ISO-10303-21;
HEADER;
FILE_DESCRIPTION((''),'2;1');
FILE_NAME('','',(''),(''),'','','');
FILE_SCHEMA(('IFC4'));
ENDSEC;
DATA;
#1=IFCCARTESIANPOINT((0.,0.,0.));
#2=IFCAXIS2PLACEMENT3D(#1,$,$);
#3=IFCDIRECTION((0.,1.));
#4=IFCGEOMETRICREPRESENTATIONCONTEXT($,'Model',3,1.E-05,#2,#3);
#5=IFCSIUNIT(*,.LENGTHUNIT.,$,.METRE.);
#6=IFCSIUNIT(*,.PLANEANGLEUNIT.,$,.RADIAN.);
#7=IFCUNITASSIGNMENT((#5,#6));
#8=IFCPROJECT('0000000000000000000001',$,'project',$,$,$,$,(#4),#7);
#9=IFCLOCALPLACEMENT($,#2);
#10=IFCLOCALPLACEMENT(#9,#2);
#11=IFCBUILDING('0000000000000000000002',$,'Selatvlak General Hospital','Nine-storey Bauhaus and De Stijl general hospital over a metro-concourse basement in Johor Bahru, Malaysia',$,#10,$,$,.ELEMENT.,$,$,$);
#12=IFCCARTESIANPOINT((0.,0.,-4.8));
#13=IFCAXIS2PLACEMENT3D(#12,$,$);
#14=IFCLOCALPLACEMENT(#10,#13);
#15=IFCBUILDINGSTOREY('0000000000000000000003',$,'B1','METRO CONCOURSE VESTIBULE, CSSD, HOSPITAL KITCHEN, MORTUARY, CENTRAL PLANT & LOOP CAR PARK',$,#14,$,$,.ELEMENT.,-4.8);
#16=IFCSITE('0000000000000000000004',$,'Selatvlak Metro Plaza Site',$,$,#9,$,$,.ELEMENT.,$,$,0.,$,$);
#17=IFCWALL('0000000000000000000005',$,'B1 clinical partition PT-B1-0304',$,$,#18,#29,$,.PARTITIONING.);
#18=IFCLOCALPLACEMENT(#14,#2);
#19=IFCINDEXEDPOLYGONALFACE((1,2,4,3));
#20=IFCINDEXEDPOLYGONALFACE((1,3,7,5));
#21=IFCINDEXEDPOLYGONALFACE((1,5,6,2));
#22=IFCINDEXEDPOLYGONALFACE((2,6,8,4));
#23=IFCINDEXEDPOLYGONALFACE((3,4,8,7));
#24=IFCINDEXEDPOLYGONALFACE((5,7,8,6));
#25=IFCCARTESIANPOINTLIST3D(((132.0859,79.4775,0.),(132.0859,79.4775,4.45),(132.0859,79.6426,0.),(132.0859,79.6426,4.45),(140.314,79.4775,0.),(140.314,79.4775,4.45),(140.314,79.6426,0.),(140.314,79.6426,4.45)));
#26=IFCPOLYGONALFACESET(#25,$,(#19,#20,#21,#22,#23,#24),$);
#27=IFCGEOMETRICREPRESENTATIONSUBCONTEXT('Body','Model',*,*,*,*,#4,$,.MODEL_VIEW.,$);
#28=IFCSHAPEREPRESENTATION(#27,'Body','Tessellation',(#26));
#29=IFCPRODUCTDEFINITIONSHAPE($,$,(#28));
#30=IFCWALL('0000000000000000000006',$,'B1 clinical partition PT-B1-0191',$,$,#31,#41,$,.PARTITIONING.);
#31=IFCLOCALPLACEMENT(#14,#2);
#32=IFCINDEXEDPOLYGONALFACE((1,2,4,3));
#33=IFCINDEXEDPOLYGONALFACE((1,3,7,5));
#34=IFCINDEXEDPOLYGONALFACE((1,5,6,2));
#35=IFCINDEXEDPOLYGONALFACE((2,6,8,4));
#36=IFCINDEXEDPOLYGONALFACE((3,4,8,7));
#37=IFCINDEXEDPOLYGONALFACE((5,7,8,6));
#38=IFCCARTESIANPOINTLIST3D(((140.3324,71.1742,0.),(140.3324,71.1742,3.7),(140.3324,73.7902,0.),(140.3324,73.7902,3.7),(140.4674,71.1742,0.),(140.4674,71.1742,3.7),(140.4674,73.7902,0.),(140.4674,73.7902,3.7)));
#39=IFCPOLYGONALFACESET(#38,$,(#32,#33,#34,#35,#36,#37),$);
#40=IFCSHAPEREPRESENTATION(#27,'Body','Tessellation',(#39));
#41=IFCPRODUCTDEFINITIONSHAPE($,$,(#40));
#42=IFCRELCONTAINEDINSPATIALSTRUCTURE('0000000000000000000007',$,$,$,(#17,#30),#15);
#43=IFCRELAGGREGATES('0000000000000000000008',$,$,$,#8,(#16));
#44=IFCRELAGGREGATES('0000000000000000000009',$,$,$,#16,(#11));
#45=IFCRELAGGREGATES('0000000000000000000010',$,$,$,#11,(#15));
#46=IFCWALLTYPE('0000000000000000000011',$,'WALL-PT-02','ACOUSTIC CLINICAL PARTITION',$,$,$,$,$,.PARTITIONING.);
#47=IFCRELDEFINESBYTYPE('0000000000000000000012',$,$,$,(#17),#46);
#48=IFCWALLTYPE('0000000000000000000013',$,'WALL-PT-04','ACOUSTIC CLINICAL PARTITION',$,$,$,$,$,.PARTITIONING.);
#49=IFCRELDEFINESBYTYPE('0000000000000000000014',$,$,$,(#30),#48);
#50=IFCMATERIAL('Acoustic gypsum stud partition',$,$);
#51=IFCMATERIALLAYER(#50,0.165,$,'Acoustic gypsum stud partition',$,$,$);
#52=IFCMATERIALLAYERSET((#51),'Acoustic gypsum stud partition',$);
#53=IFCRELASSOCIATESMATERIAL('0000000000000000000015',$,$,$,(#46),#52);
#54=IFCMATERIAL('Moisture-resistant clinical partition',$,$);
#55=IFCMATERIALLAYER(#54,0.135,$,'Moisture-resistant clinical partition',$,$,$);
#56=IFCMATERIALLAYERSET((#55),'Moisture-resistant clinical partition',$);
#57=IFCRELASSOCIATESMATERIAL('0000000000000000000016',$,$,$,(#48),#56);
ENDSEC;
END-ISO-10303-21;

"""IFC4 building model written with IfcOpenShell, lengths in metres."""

from ifc_helpers import new_model, si_unit, direction, frame, frame_2d, origin, place, context, subcontext, project, spatial, rectangle, extrude, material, layer, layer_set, type_object, element, save


model = new_model("IFC4")

# Units and contexts
model_context = context("Model", 3, precision=1e-05, world=origin(), true_north=direction((0.0, 1.0)))
body_context = subcontext(model_context, "Body", "Model", "MODEL_VIEW")
ifc_project = project(units=[si_unit("LENGTHUNIT", "METRE"), si_unit("PLANEANGLEUNIT", "RADIAN")], contexts=[model_context])

# Site, building, storey
site_placement = place(None, origin())
site = spatial("IfcSite", under=ifc_project, at=site_placement, Name="Selatvlak Metro Plaza Site", CompositionType="ELEMENT", RefElevation=0.0)
building_placement = place(site_placement, origin())
building = spatial("IfcBuilding", under=site, at=building_placement, Name="Selatvlak General Hospital", Description="Nine-storey Bauhaus and De Stijl general hospital over a metro-concourse basement in Johor Bahru, Malaysia", CompositionType="ELEMENT")
storey_placement = place(building_placement, frame((0.0, 0.0, -4.8)))
storey = spatial("IfcBuildingStorey", under=building, at=storey_placement, Name="B1", Description="METRO CONCOURSE VESTIBULE, CSSD, HOSPITAL KITCHEN, MORTUARY, CENTRAL PLANT & LOOP CAR PARK", CompositionType="ELEMENT", Elevation=-4.8)

# Walls
ifc_material_1 = material(Name="Acoustic gypsum stud partition")
ifc_layer_1 = layer(ifc_material_1, 0.165, Name="Acoustic gypsum stud partition")
ifc_layer_set_1 = layer_set([ifc_layer_1], Name="Acoustic gypsum stud partition")
wall_type_1 = type_object("IfcWallType", Name="WALL-PT-02", Description="ACOUSTIC CLINICAL PARTITION", PredefinedType="PARTITIONING", material=ifc_layer_set_1)
wall_1_placement = place(storey_placement, frame((140.314, 79.5601, 0.0), z_axis=(0.0, 0.0, 1.0), x_axis=(-1.0, 0.0, 0.0)))
element("IfcWall", 1, at=wall_1_placement, inside=storey, type_object=wall_type_1, Name="B1 clinical partition PT-B1-0304", PredefinedType="PARTITIONING", context=body_context, shape_type="SweptSolid", body=[
    extrude(rectangle(XDim=8.228, YDim=0.165, at=frame_2d((4.114, 0.0))), origin(), (0.0, 0.0, 1.0), 4.45),
])
ifc_material_2 = material(Name="Moisture-resistant clinical partition")
ifc_layer_2 = layer(ifc_material_2, 0.135, Name="Moisture-resistant clinical partition")
ifc_layer_set_2 = layer_set([ifc_layer_2], Name="Moisture-resistant clinical partition")
wall_type_2 = type_object("IfcWallType", Name="WALL-PT-04", Description="ACOUSTIC CLINICAL PARTITION", PredefinedType="PARTITIONING", material=ifc_layer_set_2)
wall_2_placement = place(storey_placement, frame((140.3999, 71.1741, 0.0), z_axis=(0.0, 0.0, 1.0), x_axis=(0.0, 1.0, 0.0)))
element("IfcWall", 2, at=wall_2_placement, inside=storey, type_object=wall_type_2, Name="B1 clinical partition PT-B1-0191", PredefinedType="PARTITIONING", context=body_context, shape_type="SweptSolid", body=[
    extrude(rectangle(XDim=2.616, YDim=0.135, at=frame_2d((1.3081, 0.0))), origin(), (0.0, 0.0, 1.0), 3.7),
])

save(model, "model.ifc")
